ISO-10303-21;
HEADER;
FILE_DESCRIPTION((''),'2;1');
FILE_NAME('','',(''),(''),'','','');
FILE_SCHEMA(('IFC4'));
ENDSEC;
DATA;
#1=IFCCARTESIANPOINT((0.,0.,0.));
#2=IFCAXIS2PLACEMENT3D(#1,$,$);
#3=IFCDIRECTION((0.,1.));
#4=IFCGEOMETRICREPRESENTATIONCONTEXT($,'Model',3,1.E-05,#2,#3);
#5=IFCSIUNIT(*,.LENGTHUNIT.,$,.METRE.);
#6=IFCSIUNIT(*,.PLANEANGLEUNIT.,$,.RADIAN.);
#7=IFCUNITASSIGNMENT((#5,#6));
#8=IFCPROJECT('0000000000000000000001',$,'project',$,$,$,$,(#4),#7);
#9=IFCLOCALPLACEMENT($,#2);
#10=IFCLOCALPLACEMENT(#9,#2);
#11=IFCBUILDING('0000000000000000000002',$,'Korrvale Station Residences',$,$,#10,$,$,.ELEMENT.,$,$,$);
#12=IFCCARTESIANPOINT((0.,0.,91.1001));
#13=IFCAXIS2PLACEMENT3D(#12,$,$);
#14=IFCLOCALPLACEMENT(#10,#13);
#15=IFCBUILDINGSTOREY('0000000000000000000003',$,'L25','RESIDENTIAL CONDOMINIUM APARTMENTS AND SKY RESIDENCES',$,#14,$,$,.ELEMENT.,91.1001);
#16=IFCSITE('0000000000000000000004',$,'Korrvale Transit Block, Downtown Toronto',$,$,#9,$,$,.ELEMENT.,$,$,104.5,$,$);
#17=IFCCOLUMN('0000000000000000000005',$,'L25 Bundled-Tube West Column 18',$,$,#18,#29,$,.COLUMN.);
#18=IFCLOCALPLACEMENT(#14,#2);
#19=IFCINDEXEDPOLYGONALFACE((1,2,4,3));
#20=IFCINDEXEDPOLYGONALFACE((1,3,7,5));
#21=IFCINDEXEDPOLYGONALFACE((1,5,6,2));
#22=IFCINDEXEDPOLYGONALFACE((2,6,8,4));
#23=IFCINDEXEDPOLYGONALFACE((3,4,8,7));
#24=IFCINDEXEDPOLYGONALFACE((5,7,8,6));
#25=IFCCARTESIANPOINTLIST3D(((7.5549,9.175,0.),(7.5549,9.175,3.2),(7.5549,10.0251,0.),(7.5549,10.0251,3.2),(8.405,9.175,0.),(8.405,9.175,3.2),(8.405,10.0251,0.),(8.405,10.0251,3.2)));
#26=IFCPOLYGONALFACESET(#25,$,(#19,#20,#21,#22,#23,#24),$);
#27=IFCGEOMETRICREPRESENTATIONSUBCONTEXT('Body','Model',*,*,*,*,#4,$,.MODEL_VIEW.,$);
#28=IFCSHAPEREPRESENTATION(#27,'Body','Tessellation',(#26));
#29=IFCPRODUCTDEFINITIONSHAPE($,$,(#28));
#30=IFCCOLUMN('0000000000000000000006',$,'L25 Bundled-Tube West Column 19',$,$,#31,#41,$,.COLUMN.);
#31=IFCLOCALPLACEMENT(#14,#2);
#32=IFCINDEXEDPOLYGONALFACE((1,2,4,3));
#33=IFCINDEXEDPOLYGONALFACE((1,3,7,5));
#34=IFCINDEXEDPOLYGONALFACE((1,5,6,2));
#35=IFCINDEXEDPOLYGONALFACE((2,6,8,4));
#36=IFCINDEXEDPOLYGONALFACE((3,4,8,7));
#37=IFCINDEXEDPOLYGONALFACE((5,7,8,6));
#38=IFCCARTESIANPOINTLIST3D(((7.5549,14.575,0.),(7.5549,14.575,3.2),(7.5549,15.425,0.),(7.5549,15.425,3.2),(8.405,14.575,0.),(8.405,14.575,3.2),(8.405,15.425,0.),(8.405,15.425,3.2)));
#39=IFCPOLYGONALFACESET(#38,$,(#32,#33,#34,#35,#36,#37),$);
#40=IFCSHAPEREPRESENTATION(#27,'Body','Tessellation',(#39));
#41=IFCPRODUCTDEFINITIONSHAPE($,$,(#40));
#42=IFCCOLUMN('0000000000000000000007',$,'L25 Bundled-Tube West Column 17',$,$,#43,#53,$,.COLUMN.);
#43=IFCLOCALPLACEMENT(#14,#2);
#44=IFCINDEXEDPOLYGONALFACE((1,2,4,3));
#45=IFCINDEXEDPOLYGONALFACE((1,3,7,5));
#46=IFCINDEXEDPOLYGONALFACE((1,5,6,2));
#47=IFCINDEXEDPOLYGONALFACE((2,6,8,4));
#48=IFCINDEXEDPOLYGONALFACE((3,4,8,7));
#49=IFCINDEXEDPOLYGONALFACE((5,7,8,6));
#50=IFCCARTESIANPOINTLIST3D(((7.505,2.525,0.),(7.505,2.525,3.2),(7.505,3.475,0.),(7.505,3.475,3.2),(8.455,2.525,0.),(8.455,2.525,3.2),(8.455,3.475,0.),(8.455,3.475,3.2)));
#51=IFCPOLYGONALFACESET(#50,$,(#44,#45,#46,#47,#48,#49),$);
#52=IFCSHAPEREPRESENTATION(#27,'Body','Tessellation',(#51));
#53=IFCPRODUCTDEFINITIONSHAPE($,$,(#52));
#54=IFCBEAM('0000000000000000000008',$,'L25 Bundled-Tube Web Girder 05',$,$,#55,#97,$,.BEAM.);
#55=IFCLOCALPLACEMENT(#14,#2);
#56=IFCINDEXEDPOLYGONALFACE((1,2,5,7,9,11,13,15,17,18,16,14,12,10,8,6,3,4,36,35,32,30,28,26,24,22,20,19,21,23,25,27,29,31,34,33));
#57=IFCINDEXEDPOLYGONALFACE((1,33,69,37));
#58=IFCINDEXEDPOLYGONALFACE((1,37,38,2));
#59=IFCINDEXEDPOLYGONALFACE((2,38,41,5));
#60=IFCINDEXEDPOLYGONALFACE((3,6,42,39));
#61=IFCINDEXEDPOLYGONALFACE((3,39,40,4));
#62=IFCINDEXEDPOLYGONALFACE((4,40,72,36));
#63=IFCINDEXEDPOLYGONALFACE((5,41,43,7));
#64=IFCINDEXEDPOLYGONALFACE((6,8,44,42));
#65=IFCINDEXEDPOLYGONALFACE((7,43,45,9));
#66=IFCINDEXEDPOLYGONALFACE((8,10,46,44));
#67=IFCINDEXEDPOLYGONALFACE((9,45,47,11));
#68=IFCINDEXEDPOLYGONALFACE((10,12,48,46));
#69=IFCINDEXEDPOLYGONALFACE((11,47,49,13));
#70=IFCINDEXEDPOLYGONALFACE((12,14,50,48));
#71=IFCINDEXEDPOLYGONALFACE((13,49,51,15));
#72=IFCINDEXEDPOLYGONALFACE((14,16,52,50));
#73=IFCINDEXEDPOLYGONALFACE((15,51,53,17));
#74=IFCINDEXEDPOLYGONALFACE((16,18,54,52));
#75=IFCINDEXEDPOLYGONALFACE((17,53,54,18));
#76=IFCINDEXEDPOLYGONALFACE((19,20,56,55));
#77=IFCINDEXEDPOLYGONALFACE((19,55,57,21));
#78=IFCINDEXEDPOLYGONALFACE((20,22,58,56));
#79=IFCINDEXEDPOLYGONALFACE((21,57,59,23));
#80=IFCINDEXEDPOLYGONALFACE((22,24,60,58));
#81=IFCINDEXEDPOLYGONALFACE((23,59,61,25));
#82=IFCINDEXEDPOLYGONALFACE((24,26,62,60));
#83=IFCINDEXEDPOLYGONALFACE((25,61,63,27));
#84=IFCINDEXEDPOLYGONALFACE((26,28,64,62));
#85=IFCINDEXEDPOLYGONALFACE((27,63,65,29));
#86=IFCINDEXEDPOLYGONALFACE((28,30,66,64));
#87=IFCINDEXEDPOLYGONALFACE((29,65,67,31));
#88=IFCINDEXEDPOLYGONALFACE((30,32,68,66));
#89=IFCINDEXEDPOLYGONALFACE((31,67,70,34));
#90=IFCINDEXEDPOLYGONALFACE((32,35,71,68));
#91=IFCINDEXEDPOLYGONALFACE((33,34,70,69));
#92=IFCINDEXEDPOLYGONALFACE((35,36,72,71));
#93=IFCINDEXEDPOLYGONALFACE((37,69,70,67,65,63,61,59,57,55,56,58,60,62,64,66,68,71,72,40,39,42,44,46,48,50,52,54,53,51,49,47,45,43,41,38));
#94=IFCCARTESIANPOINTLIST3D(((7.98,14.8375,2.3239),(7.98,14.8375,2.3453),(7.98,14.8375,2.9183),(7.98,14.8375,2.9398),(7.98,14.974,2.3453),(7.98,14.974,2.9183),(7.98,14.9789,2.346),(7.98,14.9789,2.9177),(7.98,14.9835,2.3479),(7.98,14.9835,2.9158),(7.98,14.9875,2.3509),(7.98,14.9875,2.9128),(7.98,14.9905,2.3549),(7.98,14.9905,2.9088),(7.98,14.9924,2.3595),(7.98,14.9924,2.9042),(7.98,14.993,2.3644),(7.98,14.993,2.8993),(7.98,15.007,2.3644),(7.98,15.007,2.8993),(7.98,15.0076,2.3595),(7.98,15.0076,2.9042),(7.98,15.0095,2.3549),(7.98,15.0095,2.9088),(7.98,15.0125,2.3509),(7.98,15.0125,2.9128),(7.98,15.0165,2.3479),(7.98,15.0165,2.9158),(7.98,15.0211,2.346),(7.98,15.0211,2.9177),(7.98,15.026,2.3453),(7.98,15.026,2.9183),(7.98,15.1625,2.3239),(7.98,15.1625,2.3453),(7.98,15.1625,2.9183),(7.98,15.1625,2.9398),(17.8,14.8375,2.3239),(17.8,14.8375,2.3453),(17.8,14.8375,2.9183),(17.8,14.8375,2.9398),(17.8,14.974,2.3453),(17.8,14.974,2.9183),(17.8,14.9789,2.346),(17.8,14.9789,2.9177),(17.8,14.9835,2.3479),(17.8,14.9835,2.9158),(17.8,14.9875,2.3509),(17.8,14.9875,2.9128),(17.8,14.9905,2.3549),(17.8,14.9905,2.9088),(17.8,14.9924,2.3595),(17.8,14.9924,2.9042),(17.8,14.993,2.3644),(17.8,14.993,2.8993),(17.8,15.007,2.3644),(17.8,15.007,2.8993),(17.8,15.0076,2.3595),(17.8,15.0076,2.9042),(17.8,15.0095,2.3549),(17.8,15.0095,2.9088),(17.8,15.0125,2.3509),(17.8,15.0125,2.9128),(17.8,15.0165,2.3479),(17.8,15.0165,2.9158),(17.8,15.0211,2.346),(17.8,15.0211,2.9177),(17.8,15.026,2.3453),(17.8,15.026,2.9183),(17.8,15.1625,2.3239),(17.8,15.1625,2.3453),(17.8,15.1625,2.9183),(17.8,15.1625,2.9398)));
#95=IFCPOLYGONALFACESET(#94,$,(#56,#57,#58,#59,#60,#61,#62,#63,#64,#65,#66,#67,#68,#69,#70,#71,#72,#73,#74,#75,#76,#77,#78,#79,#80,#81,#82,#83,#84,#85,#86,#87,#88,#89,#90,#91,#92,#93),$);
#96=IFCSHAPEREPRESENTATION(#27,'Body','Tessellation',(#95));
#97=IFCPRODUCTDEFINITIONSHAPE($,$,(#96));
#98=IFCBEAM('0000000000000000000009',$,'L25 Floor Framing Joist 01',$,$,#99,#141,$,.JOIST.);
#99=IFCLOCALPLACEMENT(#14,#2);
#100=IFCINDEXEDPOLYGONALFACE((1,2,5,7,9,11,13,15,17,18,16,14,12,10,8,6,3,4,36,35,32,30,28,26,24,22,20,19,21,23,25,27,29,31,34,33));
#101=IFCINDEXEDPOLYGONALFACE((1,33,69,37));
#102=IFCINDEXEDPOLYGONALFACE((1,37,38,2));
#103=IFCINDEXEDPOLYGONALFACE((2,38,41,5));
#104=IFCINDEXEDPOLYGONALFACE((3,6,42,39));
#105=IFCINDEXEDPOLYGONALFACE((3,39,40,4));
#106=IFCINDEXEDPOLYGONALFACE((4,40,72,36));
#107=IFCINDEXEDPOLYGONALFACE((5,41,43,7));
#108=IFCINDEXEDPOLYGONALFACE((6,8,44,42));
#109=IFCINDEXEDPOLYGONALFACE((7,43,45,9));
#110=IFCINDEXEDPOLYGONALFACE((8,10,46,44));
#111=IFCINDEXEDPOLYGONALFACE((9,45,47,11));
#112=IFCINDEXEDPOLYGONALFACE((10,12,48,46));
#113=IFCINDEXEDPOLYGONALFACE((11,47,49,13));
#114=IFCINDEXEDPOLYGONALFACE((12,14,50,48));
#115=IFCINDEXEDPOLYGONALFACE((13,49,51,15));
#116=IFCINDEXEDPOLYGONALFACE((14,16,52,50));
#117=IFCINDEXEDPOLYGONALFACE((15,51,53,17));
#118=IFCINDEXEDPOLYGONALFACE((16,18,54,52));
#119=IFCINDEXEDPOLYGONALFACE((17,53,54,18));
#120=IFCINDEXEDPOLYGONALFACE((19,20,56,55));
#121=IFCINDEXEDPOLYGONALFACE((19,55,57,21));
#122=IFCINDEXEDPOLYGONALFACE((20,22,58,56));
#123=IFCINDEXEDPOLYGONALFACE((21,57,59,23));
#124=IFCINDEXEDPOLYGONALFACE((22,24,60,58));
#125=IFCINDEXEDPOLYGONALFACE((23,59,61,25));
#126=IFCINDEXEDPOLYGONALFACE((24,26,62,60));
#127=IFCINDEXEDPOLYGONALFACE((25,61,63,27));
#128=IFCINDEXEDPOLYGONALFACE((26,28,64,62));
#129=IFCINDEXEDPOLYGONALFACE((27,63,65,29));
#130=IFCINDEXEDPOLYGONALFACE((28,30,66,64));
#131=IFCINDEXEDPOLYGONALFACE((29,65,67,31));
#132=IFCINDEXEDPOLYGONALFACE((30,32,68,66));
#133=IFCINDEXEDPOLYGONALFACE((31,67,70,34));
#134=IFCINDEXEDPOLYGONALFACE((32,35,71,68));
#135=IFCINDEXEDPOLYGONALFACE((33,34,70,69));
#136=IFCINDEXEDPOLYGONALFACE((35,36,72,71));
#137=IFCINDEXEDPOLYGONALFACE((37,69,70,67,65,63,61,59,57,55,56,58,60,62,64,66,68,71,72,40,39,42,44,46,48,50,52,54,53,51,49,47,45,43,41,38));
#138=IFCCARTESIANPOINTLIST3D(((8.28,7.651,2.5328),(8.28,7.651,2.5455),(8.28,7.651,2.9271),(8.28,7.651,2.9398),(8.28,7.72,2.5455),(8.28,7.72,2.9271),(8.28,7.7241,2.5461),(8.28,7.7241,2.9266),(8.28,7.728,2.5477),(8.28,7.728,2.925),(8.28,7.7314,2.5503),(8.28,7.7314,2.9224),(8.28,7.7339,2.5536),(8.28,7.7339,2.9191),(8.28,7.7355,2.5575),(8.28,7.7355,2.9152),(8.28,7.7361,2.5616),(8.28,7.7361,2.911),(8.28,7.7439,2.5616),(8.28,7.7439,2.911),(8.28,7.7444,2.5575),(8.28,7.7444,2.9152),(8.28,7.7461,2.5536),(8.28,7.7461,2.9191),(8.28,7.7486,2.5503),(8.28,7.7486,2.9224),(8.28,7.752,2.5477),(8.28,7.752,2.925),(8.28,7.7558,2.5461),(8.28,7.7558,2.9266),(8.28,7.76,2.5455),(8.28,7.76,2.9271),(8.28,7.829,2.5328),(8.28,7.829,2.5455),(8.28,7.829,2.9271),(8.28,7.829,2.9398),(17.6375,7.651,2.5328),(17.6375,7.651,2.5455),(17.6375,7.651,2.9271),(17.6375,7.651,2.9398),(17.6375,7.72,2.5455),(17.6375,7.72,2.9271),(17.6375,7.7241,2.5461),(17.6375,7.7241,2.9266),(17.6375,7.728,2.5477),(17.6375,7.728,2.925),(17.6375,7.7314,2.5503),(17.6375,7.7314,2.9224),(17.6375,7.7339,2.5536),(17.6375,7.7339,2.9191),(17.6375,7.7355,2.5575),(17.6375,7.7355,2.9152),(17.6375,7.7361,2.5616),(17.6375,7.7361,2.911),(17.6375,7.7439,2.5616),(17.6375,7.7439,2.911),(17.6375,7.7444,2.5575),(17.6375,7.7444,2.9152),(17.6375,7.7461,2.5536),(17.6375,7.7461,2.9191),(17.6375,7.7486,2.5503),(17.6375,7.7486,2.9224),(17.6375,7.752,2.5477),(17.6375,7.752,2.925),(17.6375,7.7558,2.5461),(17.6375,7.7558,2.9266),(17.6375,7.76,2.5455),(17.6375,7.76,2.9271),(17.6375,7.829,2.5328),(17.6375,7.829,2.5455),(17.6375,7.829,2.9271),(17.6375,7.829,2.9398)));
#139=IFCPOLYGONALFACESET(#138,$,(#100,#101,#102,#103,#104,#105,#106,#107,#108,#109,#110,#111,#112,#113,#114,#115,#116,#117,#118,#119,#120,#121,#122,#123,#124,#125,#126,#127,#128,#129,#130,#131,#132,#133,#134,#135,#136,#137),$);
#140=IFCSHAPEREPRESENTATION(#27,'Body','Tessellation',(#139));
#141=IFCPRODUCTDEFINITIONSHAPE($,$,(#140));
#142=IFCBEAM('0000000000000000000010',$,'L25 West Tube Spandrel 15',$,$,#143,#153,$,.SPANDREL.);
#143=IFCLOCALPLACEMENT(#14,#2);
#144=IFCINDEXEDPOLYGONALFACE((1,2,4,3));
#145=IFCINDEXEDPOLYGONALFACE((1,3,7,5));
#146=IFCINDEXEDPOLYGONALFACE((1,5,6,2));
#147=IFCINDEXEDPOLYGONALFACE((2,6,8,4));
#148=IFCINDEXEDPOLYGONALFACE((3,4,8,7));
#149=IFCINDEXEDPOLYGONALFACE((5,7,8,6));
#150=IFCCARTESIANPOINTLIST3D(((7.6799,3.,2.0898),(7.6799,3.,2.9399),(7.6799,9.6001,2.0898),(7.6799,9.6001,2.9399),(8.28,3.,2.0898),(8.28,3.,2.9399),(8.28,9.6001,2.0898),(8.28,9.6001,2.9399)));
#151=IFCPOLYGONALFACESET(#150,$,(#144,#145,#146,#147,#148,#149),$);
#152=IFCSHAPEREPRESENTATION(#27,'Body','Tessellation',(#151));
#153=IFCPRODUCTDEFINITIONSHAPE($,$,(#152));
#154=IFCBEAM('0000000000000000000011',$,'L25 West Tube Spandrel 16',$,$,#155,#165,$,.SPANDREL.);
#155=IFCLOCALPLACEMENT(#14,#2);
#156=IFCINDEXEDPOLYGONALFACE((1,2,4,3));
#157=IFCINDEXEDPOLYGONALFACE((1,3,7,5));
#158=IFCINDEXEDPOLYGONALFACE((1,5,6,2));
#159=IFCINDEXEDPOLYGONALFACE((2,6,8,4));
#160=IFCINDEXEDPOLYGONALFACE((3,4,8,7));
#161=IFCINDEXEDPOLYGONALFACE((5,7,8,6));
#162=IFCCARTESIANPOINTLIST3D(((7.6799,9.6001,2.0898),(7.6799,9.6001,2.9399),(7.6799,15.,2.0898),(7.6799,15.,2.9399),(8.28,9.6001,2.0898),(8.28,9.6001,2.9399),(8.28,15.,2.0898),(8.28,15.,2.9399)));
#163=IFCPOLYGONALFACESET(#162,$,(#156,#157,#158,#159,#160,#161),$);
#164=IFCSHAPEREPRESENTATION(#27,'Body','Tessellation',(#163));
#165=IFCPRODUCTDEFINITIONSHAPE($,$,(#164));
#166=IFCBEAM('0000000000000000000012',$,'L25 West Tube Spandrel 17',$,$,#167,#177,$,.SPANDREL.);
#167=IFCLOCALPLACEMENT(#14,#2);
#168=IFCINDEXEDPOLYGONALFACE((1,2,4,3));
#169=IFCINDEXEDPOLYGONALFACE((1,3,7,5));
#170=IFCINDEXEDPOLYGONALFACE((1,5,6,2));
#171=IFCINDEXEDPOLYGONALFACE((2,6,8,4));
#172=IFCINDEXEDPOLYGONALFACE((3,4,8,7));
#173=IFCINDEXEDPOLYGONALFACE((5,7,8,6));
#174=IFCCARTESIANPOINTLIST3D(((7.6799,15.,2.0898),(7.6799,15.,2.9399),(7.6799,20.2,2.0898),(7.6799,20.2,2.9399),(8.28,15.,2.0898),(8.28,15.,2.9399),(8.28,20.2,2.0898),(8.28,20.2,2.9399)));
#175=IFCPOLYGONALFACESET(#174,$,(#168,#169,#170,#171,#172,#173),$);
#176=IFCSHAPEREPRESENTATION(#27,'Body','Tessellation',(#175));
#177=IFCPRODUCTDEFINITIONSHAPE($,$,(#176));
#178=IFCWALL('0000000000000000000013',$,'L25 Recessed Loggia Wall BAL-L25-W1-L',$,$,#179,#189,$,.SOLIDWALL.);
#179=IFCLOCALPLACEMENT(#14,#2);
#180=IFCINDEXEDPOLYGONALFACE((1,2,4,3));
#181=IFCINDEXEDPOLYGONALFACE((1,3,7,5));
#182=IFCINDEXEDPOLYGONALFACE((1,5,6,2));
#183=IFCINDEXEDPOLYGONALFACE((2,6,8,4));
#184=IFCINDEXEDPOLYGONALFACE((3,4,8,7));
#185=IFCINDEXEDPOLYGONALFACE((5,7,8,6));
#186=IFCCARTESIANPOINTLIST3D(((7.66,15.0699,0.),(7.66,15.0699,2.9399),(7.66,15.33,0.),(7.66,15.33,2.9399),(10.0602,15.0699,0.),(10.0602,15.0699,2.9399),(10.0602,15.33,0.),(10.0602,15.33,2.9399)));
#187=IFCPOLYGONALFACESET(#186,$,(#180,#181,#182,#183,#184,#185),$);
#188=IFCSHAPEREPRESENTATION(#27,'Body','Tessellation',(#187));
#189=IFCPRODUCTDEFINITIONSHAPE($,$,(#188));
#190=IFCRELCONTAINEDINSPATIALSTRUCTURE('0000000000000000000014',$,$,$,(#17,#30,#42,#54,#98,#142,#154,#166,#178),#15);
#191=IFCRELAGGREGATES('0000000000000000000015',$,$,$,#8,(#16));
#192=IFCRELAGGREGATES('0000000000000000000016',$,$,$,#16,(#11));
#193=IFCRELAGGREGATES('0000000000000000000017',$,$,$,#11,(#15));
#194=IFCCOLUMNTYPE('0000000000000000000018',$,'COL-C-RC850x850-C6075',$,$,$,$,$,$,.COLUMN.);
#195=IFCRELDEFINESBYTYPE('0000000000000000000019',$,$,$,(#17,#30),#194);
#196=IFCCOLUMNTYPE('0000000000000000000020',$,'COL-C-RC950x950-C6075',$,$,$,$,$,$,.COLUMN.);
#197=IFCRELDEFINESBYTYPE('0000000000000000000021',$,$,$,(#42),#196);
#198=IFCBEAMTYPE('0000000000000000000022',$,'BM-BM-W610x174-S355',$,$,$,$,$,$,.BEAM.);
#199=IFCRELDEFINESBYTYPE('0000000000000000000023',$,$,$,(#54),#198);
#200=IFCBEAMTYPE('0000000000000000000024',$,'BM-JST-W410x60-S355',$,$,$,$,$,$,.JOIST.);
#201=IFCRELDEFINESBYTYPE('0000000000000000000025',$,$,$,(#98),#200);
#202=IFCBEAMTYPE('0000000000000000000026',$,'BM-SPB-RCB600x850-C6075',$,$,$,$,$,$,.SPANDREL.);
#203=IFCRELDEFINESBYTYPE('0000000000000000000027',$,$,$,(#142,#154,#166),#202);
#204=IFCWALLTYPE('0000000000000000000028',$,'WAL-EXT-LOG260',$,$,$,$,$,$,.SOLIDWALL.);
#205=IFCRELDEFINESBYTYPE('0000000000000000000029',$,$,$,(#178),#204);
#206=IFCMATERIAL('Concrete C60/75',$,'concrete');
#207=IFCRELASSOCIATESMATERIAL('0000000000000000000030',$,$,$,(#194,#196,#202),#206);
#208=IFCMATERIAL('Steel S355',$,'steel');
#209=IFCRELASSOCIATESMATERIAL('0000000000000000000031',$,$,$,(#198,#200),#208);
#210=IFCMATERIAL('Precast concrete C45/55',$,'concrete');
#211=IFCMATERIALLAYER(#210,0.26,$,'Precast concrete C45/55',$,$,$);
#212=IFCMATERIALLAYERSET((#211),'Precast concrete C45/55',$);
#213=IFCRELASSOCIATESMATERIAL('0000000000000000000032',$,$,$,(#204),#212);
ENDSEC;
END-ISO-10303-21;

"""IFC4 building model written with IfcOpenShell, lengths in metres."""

from ifc_helpers import new_model, si_unit, direction, frame, frame_2d, origin, origin_2d, place, context, subcontext, project, spatial, rectangle, i_section, extrude, material, layer, layer_set, material_profile, profile_set, type_object, element, save


model = new_model("IFC4")

# Units and contexts
model_context = context("Model", 3, precision=1e-05, world=origin(), true_north=direction((0.0, 1.0)))
body_context = subcontext(model_context, "Body", "Model", "MODEL_VIEW")
ifc_project = project(units=[si_unit("LENGTHUNIT", "METRE"), si_unit("PLANEANGLEUNIT", "RADIAN")], contexts=[model_context])

# Site, building, storey
site_placement = place(None, origin())
site = spatial("IfcSite", under=ifc_project, at=site_placement, Name="Korrvale Transit Block, Downtown Toronto", CompositionType="ELEMENT", RefElevation=104.5)
building_placement = place(site_placement, origin())
building = spatial("IfcBuilding", under=site, at=building_placement, Name="Korrvale Station Residences", CompositionType="ELEMENT")
storey_placement = place(building_placement, frame((0.0, 0.0, 91.1001)))
storey = spatial("IfcBuildingStorey", under=building, at=storey_placement, Name="L25", Description="RESIDENTIAL CONDOMINIUM APARTMENTS AND SKY RESIDENCES", CompositionType="ELEMENT", Elevation=91.1001)

# Columns
ifc_material_1 = material(Name="Concrete C60/75", Category="concrete")
ifc_material_profile_1 = material_profile(ifc_material_1, rectangle(XDim=0.8501, YDim=0.8501, at=origin_2d()), Name="RC850x850")
ifc_profile_set_1 = profile_set([ifc_material_profile_1], Name="Concrete C60/75")
column_type_1 = type_object("IfcColumnType", Name="COL-C-RC850x850-C6075", PredefinedType="COLUMN", material=ifc_profile_set_1)
for number, where, z_axis, x_axis, name in (
    (1, (7.98, 9.6001, 0.0), (0.0, 0.0, 1.0), (1.0, 0.0, 0.0), "L25 Bundled-Tube West Column 18"),
    (2, (7.98, 15.0, 0.0), (0.0, 0.0, 1.0), (1.0, 0.0, 0.0), "L25 Bundled-Tube West Column 19"),
):
    element("IfcColumn", number, at=place(storey_placement, frame(where, z_axis=z_axis, x_axis=x_axis)), inside=storey, type_object=column_type_1, Name=name, PredefinedType="COLUMN", context=body_context, shape_type="SweptSolid", body=[
        extrude(rectangle(XDim=0.8501, YDim=0.8501, at=origin_2d()), origin(), (0.0, 0.0, 1.0), 3.2),
    ])
ifc_material_profile_2 = material_profile(ifc_material_1, rectangle(XDim=0.95, YDim=0.95, at=origin_2d()), Name="RC950x950")
ifc_profile_set_2 = profile_set([ifc_material_profile_2], Name="Concrete C60/75")
column_type_2 = type_object("IfcColumnType", Name="COL-C-RC950x950-C6075", PredefinedType="COLUMN", material=ifc_profile_set_2)
column_placement = place(storey_placement, frame((7.98, 3.0, 0.0), z_axis=(0.0, 0.0, 1.0), x_axis=(1.0, 0.0, 0.0)))
element("IfcColumn", 3, at=column_placement, inside=storey, type_object=column_type_2, Name="L25 Bundled-Tube West Column 17", PredefinedType="COLUMN", context=body_context, shape_type="SweptSolid", body=[
    extrude(rectangle(XDim=0.95, YDim=0.95, at=origin_2d()), origin(), (0.0, 0.0, 1.0), 3.2),
])

# Beams
ifc_material_2 = material(Name="Steel S355", Category="steel")
ifc_material_profile_3 = material_profile(ifc_material_2, i_section(OverallWidth=0.325, OverallDepth=0.616, WebThickness=0.0139, FlangeThickness=0.0215, FilletRadius=0.019, at=origin_2d()), Name="W610x174")
ifc_profile_set_3 = profile_set([ifc_material_profile_3], Name="Steel S355")
beam_type_1 = type_object("IfcBeamType", Name="BM-BM-W610x174-S355", PredefinedType="BEAM", material=ifc_profile_set_3)
beam_1_placement = place(storey_placement, frame((7.98, 15.0, 2.6318), z_axis=(1.0, 0.0, 0.0), x_axis=(0.0, 1.0, 0.0)))
element("IfcBeam", 4, at=beam_1_placement, inside=storey, type_object=beam_type_1, Name="L25 Bundled-Tube Web Girder 05", PredefinedType="BEAM", context=body_context, shape_type="SweptSolid", body=[
    extrude(i_section(OverallWidth=0.325, OverallDepth=0.616, WebThickness=0.0139, FlangeThickness=0.0215, FilletRadius=0.019, at=origin_2d()), origin(), (0.0, 0.0, 1.0), 9.8201),
])
ifc_material_profile_4 = material_profile(ifc_material_2, i_section(OverallWidth=0.178, OverallDepth=0.407, WebThickness=0.0078, FlangeThickness=0.0127, FilletRadius=0.0161, at=origin_2d()), Name="W410x60")
ifc_profile_set_4 = profile_set([ifc_material_profile_4], Name="Steel S355")
beam_type_2 = type_object("IfcBeamType", Name="BM-JST-W410x60-S355", PredefinedType="JOIST", material=ifc_profile_set_4)
beam_2_placement = place(storey_placement, frame((8.28, 7.74, 2.7363), z_axis=(1.0, 0.0, 0.0), x_axis=(0.0, 1.0, 0.0)))
element("IfcBeam", 5, at=beam_2_placement, inside=storey, type_object=beam_type_2, Name="L25 Floor Framing Joist 01", PredefinedType="JOIST", context=body_context, shape_type="SweptSolid", body=[
    extrude(i_section(OverallWidth=0.178, OverallDepth=0.407, WebThickness=0.0078, FlangeThickness=0.0127, FilletRadius=0.0161, at=origin_2d()), origin(), (0.0, 0.0, 1.0), 9.3574),
])
ifc_material_profile_5 = material_profile(ifc_material_1, rectangle(XDim=0.6001, YDim=0.8501, at=origin_2d()), Name="RCB600x850")
ifc_profile_set_5 = profile_set([ifc_material_profile_5], Name="Concrete C60/75")
beam_type_3 = type_object("IfcBeamType", Name="BM-SPB-RCB600x850-C6075", PredefinedType="SPANDREL", material=ifc_profile_set_5)
beam_3_placement = place(storey_placement, frame((7.98, 3.0, 2.5149), z_axis=(0.0, 1.0, 0.0), x_axis=(-1.0, 0.0, 0.0)))
element("IfcBeam", 6, at=beam_3_placement, inside=storey, type_object=beam_type_3, Name="L25 West Tube Spandrel 15", PredefinedType="SPANDREL", context=body_context, shape_type="SweptSolid", body=[
    extrude(rectangle(XDim=0.6001, YDim=0.8501, at=origin_2d()), origin(), (0.0, 0.0, 1.0), 6.6001),
])
beam_4_placement = place(storey_placement, frame((7.98, 9.6001, 2.5149), z_axis=(0.0, 1.0, 0.0), x_axis=(-1.0, 0.0, 0.0)))
element("IfcBeam", 7, at=beam_4_placement, inside=storey, type_object=beam_type_3, Name="L25 West Tube Spandrel 16", PredefinedType="SPANDREL", context=body_context, shape_type="SweptSolid", body=[
    extrude(rectangle(XDim=0.6001, YDim=0.8501, at=origin_2d()), origin(), (0.0, 0.0, 1.0), 5.3999),
])
beam_5_placement = place(storey_placement, frame((7.98, 15.0, 2.5149), z_axis=(0.0, 1.0, 0.0), x_axis=(-1.0, 0.0, 0.0)))
element("IfcBeam", 8, at=beam_5_placement, inside=storey, type_object=beam_type_3, Name="L25 West Tube Spandrel 17", PredefinedType="SPANDREL", context=body_context, shape_type="SweptSolid", body=[
    extrude(rectangle(XDim=0.6001, YDim=0.8501, at=origin_2d()), origin(), (0.0, 0.0, 1.0), 5.2),
])

# Wall
ifc_material_3 = material(Name="Precast concrete C45/55", Category="concrete")
ifc_layer_1 = layer(ifc_material_3, 0.26, Name="Precast concrete C45/55")
ifc_layer_set_1 = layer_set([ifc_layer_1], Name="Precast concrete C45/55")
wall_type_1 = type_object("IfcWallType", Name="WAL-EXT-LOG260", PredefinedType="SOLIDWALL", material=ifc_layer_set_1)
wall_1_placement = place(storey_placement, frame((7.6599, 15.2, 0.0), z_axis=(0.0, 0.0, 1.0), x_axis=(1.0, 0.0, 0.0)))
element("IfcWall", 9, at=wall_1_placement, inside=storey, type_object=wall_type_1, Name="L25 Recessed Loggia Wall BAL-L25-W1-L", PredefinedType="SOLIDWALL", context=body_context, shape_type="SweptSolid", body=[
    extrude(rectangle(XDim=2.4001, YDim=0.26, at=frame_2d((1.2002, 0.0))), origin(), (0.0, 0.0, 1.0), 2.9399),
])

save(model, "model.ifc")
